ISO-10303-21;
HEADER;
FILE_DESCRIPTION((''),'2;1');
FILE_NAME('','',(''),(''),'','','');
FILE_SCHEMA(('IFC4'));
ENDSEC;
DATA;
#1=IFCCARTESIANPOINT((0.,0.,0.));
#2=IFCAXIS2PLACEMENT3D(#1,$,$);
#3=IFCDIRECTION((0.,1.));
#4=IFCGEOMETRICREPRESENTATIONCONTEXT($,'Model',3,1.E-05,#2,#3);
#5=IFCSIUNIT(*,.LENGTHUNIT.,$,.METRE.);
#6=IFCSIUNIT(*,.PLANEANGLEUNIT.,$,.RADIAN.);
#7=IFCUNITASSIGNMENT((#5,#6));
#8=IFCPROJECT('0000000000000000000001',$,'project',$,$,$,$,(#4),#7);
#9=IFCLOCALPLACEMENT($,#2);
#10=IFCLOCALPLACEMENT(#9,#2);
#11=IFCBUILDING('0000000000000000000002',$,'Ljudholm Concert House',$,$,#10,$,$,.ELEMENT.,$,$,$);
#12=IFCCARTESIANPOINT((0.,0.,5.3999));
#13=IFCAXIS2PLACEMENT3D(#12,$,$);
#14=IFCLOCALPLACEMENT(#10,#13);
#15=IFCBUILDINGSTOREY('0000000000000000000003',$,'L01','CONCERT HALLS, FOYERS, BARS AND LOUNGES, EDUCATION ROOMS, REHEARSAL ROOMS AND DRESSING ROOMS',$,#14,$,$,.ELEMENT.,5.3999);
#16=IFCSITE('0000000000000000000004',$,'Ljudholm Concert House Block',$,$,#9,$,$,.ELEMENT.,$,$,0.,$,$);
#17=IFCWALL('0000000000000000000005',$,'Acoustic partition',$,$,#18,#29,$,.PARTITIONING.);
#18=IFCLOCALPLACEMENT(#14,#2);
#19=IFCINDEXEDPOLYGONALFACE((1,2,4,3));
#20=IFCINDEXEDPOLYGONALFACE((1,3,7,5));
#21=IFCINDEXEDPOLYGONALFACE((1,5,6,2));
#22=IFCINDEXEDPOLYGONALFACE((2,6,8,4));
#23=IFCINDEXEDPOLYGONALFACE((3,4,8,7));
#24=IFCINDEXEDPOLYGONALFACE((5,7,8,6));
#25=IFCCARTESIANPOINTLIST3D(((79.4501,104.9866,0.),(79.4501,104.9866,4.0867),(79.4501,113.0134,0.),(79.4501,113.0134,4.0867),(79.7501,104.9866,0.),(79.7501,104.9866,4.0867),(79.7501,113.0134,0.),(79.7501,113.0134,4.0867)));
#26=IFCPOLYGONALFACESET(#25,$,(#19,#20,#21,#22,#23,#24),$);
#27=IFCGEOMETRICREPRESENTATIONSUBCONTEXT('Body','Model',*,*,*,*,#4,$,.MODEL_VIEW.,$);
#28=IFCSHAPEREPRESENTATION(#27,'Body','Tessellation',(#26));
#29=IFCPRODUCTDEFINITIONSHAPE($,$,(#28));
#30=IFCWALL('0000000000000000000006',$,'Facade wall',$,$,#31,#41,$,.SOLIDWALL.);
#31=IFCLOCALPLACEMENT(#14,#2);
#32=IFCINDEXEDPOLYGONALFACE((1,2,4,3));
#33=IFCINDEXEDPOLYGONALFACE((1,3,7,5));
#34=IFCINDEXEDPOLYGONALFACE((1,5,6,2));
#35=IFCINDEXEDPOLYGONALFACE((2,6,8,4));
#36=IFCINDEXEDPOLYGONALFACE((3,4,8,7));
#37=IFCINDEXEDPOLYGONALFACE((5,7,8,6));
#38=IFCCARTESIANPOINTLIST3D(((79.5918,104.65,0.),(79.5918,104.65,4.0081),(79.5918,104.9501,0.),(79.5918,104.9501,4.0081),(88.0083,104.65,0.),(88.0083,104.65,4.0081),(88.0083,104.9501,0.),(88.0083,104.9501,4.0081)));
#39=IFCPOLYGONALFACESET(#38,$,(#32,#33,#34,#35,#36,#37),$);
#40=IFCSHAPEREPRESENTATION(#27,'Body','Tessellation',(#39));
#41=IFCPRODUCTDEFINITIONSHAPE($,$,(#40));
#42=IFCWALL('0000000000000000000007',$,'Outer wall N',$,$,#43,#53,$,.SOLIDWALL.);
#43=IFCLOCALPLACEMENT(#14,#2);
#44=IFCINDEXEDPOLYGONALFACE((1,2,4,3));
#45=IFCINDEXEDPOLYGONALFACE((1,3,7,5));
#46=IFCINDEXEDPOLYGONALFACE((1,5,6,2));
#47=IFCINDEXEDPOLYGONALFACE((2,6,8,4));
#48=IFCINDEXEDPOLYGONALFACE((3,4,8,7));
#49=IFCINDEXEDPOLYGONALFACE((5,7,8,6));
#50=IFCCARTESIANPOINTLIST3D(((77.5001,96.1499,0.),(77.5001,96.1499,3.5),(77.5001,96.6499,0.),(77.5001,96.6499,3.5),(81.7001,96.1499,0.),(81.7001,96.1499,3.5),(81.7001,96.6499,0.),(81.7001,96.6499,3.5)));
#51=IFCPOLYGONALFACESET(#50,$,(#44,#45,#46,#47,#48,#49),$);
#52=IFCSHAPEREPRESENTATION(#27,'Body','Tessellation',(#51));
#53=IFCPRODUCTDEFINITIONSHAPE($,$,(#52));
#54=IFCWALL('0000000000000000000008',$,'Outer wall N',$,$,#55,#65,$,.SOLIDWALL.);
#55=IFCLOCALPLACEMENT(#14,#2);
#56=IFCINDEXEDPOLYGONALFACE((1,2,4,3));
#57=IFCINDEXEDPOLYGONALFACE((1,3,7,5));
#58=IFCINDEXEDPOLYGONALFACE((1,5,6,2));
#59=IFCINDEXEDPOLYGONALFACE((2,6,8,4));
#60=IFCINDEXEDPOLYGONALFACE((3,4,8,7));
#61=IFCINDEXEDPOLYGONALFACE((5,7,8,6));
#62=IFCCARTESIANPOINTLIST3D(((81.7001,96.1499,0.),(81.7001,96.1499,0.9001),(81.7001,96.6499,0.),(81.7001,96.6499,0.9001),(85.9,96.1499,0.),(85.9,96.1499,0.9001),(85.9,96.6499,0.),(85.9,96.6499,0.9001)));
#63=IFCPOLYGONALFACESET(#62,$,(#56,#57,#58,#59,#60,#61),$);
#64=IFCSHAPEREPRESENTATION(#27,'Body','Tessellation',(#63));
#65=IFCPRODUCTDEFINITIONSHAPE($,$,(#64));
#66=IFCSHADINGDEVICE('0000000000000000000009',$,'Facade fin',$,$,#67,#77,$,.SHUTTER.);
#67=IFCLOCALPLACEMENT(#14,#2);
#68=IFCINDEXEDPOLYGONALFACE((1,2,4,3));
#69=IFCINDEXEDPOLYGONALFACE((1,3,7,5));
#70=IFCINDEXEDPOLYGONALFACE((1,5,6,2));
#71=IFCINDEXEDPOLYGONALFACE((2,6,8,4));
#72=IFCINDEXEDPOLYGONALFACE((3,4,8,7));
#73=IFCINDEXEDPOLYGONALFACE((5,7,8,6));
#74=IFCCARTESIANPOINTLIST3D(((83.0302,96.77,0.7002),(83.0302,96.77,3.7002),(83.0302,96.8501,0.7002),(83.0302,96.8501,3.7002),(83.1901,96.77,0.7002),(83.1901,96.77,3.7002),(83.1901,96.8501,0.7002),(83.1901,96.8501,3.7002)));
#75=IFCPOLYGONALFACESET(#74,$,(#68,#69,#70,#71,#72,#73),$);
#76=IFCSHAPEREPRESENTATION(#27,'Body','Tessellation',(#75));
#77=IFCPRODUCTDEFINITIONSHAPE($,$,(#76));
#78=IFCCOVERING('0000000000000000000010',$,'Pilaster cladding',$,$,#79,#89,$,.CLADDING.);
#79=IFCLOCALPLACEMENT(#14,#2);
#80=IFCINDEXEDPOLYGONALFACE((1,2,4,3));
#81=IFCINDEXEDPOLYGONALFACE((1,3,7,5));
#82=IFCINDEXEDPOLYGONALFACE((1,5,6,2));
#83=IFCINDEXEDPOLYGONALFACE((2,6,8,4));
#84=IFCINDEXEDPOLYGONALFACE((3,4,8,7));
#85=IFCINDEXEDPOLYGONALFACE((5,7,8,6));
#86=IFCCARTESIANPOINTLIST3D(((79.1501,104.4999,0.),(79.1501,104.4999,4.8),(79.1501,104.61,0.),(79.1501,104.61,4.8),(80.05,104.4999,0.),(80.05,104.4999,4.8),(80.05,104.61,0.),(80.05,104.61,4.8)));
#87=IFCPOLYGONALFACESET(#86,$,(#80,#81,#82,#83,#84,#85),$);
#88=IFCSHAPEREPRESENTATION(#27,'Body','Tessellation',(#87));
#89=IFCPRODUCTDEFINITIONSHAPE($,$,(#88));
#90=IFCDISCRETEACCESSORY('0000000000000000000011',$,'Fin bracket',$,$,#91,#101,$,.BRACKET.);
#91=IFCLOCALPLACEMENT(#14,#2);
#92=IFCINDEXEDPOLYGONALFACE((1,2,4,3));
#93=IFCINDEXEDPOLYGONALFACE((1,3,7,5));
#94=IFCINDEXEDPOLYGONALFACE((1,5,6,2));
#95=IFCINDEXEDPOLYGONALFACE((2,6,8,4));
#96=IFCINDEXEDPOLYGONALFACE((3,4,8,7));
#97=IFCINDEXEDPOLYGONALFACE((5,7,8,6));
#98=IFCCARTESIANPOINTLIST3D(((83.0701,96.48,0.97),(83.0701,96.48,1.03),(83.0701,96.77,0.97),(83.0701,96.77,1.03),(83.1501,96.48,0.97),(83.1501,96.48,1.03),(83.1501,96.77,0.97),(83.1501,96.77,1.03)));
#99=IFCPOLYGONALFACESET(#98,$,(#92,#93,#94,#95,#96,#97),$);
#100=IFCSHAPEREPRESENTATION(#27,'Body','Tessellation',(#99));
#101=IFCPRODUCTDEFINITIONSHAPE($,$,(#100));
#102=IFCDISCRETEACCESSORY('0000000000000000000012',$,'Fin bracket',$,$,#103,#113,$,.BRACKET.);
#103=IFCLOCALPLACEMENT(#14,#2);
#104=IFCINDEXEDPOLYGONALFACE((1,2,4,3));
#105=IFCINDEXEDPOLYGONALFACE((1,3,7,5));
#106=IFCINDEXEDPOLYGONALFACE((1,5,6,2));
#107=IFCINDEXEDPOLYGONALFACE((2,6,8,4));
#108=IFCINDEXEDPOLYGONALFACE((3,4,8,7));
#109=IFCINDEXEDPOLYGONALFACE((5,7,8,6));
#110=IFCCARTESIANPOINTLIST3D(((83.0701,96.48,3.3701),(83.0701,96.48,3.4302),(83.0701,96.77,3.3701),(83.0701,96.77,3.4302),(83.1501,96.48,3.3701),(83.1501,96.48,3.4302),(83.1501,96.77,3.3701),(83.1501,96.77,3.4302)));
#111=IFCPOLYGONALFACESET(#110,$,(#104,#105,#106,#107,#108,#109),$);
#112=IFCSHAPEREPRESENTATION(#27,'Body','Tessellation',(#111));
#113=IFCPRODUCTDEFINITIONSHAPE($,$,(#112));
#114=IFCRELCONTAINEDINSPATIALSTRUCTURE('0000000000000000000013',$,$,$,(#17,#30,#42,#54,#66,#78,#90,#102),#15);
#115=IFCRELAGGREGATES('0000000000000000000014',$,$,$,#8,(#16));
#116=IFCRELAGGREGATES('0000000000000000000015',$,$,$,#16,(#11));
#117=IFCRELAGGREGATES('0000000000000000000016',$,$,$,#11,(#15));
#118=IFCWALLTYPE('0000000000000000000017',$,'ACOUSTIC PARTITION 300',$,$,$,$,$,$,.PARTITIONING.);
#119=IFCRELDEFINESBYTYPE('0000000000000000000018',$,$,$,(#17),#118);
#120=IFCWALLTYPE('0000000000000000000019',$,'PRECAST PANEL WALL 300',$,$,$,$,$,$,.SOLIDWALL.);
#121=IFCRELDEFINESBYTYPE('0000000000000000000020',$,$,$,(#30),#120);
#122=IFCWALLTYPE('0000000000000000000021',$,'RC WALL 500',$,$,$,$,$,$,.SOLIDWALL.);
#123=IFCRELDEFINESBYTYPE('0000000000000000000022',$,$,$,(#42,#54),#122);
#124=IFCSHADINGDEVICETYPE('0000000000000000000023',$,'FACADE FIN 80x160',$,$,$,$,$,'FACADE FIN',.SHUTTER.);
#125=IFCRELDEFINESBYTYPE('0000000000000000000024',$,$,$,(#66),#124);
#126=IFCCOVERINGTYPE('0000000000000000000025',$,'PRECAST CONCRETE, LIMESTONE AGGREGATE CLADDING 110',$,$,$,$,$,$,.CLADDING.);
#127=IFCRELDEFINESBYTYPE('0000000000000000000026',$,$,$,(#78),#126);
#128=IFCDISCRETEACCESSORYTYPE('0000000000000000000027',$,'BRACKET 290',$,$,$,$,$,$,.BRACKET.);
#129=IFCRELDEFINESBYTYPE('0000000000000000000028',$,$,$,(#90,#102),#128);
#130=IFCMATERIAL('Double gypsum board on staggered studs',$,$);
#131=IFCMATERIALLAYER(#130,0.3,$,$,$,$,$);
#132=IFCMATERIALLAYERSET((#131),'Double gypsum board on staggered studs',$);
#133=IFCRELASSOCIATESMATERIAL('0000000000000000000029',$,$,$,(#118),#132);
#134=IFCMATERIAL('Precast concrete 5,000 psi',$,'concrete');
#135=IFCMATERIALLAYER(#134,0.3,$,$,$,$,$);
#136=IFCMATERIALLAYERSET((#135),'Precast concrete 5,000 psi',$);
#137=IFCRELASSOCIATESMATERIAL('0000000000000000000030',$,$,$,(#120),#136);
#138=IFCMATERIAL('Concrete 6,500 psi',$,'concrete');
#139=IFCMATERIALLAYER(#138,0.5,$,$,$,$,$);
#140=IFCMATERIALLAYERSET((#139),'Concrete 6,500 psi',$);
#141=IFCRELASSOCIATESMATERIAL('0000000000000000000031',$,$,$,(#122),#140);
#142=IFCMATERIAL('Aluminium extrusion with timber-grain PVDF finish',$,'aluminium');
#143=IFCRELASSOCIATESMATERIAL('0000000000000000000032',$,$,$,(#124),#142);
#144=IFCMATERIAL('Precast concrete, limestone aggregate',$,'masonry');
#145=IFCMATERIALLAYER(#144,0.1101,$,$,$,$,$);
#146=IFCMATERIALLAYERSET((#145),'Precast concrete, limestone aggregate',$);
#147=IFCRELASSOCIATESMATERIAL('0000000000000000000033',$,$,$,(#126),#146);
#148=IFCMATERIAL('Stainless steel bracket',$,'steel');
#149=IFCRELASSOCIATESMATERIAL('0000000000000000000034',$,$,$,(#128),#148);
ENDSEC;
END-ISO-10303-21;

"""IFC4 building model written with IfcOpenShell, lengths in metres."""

from ifc_helpers import new_model, si_unit, direction, frame, frame_2d, origin, origin_2d, place, context, subcontext, project, spatial, rectangle, extrude, material, layer, layer_set, type_object, element, save


model = new_model("IFC4")

# Units and contexts
model_context = context("Model", 3, precision=1e-05, world=origin(), true_north=direction((0.0, 1.0)))
body_context = subcontext(model_context, "Body", "Model", "MODEL_VIEW")
ifc_project = project(units=[si_unit("LENGTHUNIT", "METRE"), si_unit("PLANEANGLEUNIT", "RADIAN")], contexts=[model_context])

# Site, building, storey
site_placement = place(None, origin())
site = spatial("IfcSite", under=ifc_project, at=site_placement, Name="Ljudholm Concert House Block", CompositionType="ELEMENT", RefElevation=0.0)
building_placement = place(site_placement, origin())
building = spatial("IfcBuilding", under=site, at=building_placement, Name="Ljudholm Concert House", CompositionType="ELEMENT")
storey_placement = place(building_placement, frame((0.0, 0.0, 5.3999)))
storey = spatial("IfcBuildingStorey", under=building, at=storey_placement, Name="L01", Description="CONCERT HALLS, FOYERS, BARS AND LOUNGES, EDUCATION ROOMS, REHEARSAL ROOMS AND DRESSING ROOMS", CompositionType="ELEMENT", Elevation=5.3999)

# Walls
ifc_material_1 = material(Name="Double gypsum board on staggered studs")
ifc_layer_1 = layer(ifc_material_1, 0.3)
ifc_layer_set_1 = layer_set([ifc_layer_1], Name="Double gypsum board on staggered studs")
wall_type_1 = type_object("IfcWallType", Name="ACOUSTIC PARTITION 300", PredefinedType="PARTITIONING", material=ifc_layer_set_1)
wall_1_placement = place(storey_placement, frame((79.6001, 104.9866, 0.0), z_axis=(0.0, 0.0, 1.0), x_axis=(0.0, 1.0, 0.0)))
element("IfcWall", 1, at=wall_1_placement, inside=storey, type_object=wall_type_1, Name="Acoustic partition", PredefinedType="PARTITIONING", context=body_context, shape_type="SweptSolid", body=[
    extrude(rectangle(XDim=8.0269, YDim=0.3, at=frame_2d((4.0134, 0.0))), origin(), (0.0, 0.0, 1.0), 4.0867),
])
ifc_material_2 = material(Name="Precast concrete 5,000 psi", Category="concrete")
ifc_layer_2 = layer(ifc_material_2, 0.3)
ifc_layer_set_2 = layer_set([ifc_layer_2], Name="Precast concrete 5,000 psi")
wall_type_2 = type_object("IfcWallType", Name="PRECAST PANEL WALL 300", PredefinedType="SOLIDWALL", material=ifc_layer_set_2)
wall_2_placement = place(storey_placement, frame((79.5918, 104.8, 0.0), z_axis=(0.0, 0.0, 1.0), x_axis=(1.0, 0.0, 0.0)))
element("IfcWall", 2, at=wall_2_placement, inside=storey, type_object=wall_type_2, Name="Facade wall", PredefinedType="SOLIDWALL", context=body_context, shape_type="SweptSolid", body=[
    extrude(rectangle(XDim=8.4165, YDim=0.3, at=frame_2d((4.2083, 0.0))), origin(), (0.0, 0.0, 1.0), 4.0081),
])
ifc_material_3 = material(Name="Concrete 6,500 psi", Category="concrete")
ifc_layer_3 = layer(ifc_material_3, 0.5)
ifc_layer_set_3 = layer_set([ifc_layer_3], Name="Concrete 6,500 psi")
wall_type_3 = type_object("IfcWallType", Name="RC WALL 500", PredefinedType="SOLIDWALL", material=ifc_layer_set_3)
wall_3_placement = place(storey_placement, frame((77.5, 96.3999, 0.0), z_axis=(0.0, 0.0, 1.0), x_axis=(1.0, 0.0, 0.0)))
element("IfcWall", 3, at=wall_3_placement, inside=storey, type_object=wall_type_3, Name="Outer wall N", PredefinedType="SOLIDWALL", context=body_context, shape_type="SweptSolid", body=[
    extrude(rectangle(XDim=4.2, YDim=0.5, at=frame_2d((2.1001, 0.0))), origin(), (0.0, 0.0, 1.0), 3.5),
])
wall_4_placement = place(storey_placement, frame((81.7, 96.3999, 0.0), z_axis=(0.0, 0.0, 1.0), x_axis=(1.0, 0.0, 0.0)))
element("IfcWall", 4, at=wall_4_placement, inside=storey, type_object=wall_type_3, Name="Outer wall N", PredefinedType="SOLIDWALL", context=body_context, shape_type="SweptSolid", body=[
    extrude(rectangle(XDim=4.2, YDim=0.5, at=frame_2d((2.1001, 0.0))), origin(), (0.0, 0.0, 1.0), 0.9001),
])

# Shading device
ifc_material_4 = material(Name="Aluminium extrusion with timber-grain PVDF finish", Category="aluminium")
shading_device_type = type_object("IfcShadingDeviceType", Name="FACADE FIN 80x160", ElementType="FACADE FIN", PredefinedType="SHUTTER", material=ifc_material_4)
shading_device_placement = place(storey_placement, frame((83.1101, 96.8101, 0.7002), z_axis=(0.0, 0.0, 1.0), x_axis=(0.0, 1.0, 0.0)))
element("IfcShadingDevice", 5, at=shading_device_placement, inside=storey, type_object=shading_device_type, Name="Facade fin", PredefinedType="SHUTTER", context=body_context, shape_type="SweptSolid", body=[
    extrude(rectangle(XDim=0.0801, YDim=0.1599, at=origin_2d()), origin(), (0.0, 0.0, 1.0), 3.0),
])

# Covering
ifc_material_5 = material(Name="Precast concrete, limestone aggregate", Category="masonry")
ifc_layer_4 = layer(ifc_material_5, 0.1101)
ifc_layer_set_4 = layer_set([ifc_layer_4], Name="Precast concrete, limestone aggregate")
covering_type = type_object("IfcCoveringType", Name="PRECAST CONCRETE, LIMESTONE AGGREGATE CLADDING 110", PredefinedType="CLADDING", material=ifc_layer_set_4)
covering_placement = place(storey_placement, frame((79.6001, 104.5549, 0.0), z_axis=(0.0, 0.0, 1.0), x_axis=(0.0, -1.0, 0.0)))
element("IfcCovering", 6, at=covering_placement, inside=storey, type_object=covering_type, Name="Pilaster cladding", PredefinedType="CLADDING", context=body_context, shape_type="SweptSolid", body=[
    extrude(rectangle(XDim=0.1101, YDim=0.8999, at=origin_2d()), origin(), (0.0, 0.0, 1.0), 4.8),
])

# Discrete accessories
ifc_material_6 = material(Name="Stainless steel bracket", Category="steel")
discrete_accessory_type = type_object("IfcDiscreteAccessoryType", Name="BRACKET 290", PredefinedType="BRACKET", material=ifc_material_6)
for number, where, z_axis, x_axis, name in (
    (7, (83.1101, 96.625, 0.97), (0.0, 0.0, 1.0), (0.0, 1.0, 0.0), "Fin bracket"),
    (8, (83.1101, 96.625, 3.3701), (0.0, 0.0, 1.0), (0.0, 1.0, 0.0), "Fin bracket"),
):
    element("IfcDiscreteAccessory", number, at=place(storey_placement, frame(where, z_axis=z_axis, x_axis=x_axis)), inside=storey, type_object=discrete_accessory_type, Name=name, PredefinedType="BRACKET", context=body_context, shape_type="SweptSolid", body=[
        extrude(rectangle(XDim=0.29, YDim=0.0801, at=origin_2d()), origin(), (0.0, 0.0, 1.0), 0.0601),
    ])

save(model, "model.ifc")
